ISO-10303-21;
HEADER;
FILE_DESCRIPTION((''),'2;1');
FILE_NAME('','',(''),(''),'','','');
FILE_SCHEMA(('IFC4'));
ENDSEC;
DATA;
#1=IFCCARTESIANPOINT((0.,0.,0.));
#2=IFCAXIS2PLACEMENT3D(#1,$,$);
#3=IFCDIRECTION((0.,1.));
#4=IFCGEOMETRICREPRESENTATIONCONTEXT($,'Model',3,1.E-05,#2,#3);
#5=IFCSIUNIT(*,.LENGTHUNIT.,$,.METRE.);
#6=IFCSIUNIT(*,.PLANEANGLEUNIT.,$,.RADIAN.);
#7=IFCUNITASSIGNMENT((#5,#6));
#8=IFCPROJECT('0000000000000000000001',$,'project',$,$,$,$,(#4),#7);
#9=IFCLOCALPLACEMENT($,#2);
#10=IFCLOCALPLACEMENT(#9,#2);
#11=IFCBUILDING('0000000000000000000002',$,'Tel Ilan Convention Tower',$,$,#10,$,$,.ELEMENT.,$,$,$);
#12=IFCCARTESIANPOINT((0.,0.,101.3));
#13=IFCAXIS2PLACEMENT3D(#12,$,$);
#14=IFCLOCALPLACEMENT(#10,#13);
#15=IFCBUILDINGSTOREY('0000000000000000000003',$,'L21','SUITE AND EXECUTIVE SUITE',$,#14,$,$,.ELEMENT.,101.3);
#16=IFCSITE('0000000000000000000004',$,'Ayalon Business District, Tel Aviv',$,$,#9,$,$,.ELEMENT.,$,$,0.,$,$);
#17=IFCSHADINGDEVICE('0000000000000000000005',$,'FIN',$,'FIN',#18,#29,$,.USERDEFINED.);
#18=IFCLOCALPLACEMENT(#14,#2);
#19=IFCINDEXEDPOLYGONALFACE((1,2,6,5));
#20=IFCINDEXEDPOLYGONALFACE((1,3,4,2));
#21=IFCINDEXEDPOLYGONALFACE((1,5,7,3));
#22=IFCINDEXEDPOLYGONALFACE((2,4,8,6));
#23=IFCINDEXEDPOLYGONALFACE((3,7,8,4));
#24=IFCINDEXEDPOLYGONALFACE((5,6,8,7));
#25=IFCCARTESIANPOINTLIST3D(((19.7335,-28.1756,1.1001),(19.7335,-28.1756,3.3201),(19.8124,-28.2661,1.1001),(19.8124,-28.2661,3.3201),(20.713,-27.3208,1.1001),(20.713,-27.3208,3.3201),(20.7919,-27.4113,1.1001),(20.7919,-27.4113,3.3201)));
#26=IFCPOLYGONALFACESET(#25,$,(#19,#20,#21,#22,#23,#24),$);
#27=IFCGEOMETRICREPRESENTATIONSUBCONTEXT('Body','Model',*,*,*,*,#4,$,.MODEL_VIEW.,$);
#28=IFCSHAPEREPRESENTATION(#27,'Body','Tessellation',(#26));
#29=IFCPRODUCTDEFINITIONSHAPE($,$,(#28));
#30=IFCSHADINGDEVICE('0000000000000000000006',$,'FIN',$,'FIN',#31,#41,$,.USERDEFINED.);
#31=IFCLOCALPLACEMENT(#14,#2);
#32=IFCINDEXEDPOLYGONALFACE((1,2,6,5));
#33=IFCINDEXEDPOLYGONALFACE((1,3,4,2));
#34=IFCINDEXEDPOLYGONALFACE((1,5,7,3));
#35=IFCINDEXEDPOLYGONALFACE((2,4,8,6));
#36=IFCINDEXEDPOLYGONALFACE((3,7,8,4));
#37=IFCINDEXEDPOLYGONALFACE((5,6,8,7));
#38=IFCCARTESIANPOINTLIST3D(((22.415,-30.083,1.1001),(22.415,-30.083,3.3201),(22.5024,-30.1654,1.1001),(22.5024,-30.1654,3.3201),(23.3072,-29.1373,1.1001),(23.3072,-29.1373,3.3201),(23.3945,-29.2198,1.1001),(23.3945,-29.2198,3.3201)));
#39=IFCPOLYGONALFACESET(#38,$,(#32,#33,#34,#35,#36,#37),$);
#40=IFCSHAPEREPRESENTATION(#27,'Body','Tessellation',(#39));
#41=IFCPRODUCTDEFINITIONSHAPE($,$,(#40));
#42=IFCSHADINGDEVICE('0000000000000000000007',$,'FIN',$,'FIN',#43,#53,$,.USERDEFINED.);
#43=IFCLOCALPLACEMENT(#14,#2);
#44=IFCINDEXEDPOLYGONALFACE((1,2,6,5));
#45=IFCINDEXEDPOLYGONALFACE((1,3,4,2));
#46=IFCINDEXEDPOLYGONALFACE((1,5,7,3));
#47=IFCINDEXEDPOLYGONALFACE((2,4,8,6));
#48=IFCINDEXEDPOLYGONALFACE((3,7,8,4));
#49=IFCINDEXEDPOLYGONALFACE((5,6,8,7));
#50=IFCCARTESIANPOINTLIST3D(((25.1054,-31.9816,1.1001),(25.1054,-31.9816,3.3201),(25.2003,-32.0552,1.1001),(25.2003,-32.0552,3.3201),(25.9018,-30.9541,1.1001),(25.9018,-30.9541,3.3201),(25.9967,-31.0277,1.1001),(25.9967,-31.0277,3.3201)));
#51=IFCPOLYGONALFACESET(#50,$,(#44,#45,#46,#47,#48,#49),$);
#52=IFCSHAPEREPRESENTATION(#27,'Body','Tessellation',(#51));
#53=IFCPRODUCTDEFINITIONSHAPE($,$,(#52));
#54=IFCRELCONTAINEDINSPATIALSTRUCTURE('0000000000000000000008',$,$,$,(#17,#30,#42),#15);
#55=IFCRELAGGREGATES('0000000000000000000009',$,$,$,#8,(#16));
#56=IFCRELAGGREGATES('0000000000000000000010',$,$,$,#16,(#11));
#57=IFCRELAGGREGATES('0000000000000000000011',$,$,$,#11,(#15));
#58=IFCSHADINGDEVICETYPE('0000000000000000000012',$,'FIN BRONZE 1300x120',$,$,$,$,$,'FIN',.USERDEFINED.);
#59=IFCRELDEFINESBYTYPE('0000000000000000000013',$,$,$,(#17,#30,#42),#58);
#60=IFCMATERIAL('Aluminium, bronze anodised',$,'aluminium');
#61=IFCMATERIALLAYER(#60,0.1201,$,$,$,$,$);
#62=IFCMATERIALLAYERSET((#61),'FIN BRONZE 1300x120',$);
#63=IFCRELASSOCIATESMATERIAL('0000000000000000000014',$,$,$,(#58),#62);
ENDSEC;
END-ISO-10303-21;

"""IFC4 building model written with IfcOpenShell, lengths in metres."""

from ifc_helpers import new_model, si_unit, direction, frame, origin, origin_2d, place, context, subcontext, project, spatial, rectangle, extrude, material, layer, layer_set, type_object, element, save


model = new_model("IFC4")

# Units and contexts
model_context = context("Model", 3, precision=1e-05, world=origin(), true_north=direction((0.0, 1.0)))
body_context = subcontext(model_context, "Body", "Model", "MODEL_VIEW")
ifc_project = project(units=[si_unit("LENGTHUNIT", "METRE"), si_unit("PLANEANGLEUNIT", "RADIAN")], contexts=[model_context])

# Site, building, storey
site_placement = place(None, origin())
site = spatial("IfcSite", under=ifc_project, at=site_placement, Name="Ayalon Business District, Tel Aviv", CompositionType="ELEMENT", RefElevation=0.0)
building_placement = place(site_placement, origin())
building = spatial("IfcBuilding", under=site, at=building_placement, Name="Tel Ilan Convention Tower", CompositionType="ELEMENT")
storey_placement = place(building_placement, frame((0.0, 0.0, 101.3)))
storey = spatial("IfcBuildingStorey", under=building, at=storey_placement, Name="L21", Description="SUITE AND EXECUTIVE SUITE", CompositionType="ELEMENT", Elevation=101.3)

# Shading devices
ifc_material_1 = material(Name="Aluminium, bronze anodised", Category="aluminium")
ifc_layer_1 = layer(ifc_material_1, 0.1201)
ifc_layer_set_1 = layer_set([ifc_layer_1], Name="FIN BRONZE 1300x120")
shading_device_type = type_object("IfcShadingDeviceType", Name="FIN BRONZE 1300x120", ElementType="FIN", PredefinedType="USERDEFINED", material=ifc_layer_set_1)
for number, where, z_axis, x_axis, name in (
    (1, (20.2627, -27.7935, 1.1001), (0.0, 0.0, 1.0), (-0.753436, -0.657521, 0.0), "FIN"),
    (2, (22.9048, -29.6514, 1.1001), (0.0, 0.0, 1.0), (-0.686242, -0.727374, 0.0), "FIN"),
    (3, (25.551, -31.5046, 1.1001), (0.0, 0.0, 1.0), (-0.612601, -0.790393, 0.0), "FIN"),
):
    element("IfcShadingDevice", number, at=place(storey_placement, frame(where, z_axis=z_axis, x_axis=x_axis)), inside=storey, type_object=shading_device_type, Name=name, ObjectType="FIN", PredefinedType="USERDEFINED", context=body_context, shape_type="SweptSolid", body=[
        extrude(rectangle(XDim=1.3, YDim=0.1201, at=origin_2d()), origin(), (0.0, 0.0, 1.0), 2.22),
    ])

save(model, "model.ifc")
